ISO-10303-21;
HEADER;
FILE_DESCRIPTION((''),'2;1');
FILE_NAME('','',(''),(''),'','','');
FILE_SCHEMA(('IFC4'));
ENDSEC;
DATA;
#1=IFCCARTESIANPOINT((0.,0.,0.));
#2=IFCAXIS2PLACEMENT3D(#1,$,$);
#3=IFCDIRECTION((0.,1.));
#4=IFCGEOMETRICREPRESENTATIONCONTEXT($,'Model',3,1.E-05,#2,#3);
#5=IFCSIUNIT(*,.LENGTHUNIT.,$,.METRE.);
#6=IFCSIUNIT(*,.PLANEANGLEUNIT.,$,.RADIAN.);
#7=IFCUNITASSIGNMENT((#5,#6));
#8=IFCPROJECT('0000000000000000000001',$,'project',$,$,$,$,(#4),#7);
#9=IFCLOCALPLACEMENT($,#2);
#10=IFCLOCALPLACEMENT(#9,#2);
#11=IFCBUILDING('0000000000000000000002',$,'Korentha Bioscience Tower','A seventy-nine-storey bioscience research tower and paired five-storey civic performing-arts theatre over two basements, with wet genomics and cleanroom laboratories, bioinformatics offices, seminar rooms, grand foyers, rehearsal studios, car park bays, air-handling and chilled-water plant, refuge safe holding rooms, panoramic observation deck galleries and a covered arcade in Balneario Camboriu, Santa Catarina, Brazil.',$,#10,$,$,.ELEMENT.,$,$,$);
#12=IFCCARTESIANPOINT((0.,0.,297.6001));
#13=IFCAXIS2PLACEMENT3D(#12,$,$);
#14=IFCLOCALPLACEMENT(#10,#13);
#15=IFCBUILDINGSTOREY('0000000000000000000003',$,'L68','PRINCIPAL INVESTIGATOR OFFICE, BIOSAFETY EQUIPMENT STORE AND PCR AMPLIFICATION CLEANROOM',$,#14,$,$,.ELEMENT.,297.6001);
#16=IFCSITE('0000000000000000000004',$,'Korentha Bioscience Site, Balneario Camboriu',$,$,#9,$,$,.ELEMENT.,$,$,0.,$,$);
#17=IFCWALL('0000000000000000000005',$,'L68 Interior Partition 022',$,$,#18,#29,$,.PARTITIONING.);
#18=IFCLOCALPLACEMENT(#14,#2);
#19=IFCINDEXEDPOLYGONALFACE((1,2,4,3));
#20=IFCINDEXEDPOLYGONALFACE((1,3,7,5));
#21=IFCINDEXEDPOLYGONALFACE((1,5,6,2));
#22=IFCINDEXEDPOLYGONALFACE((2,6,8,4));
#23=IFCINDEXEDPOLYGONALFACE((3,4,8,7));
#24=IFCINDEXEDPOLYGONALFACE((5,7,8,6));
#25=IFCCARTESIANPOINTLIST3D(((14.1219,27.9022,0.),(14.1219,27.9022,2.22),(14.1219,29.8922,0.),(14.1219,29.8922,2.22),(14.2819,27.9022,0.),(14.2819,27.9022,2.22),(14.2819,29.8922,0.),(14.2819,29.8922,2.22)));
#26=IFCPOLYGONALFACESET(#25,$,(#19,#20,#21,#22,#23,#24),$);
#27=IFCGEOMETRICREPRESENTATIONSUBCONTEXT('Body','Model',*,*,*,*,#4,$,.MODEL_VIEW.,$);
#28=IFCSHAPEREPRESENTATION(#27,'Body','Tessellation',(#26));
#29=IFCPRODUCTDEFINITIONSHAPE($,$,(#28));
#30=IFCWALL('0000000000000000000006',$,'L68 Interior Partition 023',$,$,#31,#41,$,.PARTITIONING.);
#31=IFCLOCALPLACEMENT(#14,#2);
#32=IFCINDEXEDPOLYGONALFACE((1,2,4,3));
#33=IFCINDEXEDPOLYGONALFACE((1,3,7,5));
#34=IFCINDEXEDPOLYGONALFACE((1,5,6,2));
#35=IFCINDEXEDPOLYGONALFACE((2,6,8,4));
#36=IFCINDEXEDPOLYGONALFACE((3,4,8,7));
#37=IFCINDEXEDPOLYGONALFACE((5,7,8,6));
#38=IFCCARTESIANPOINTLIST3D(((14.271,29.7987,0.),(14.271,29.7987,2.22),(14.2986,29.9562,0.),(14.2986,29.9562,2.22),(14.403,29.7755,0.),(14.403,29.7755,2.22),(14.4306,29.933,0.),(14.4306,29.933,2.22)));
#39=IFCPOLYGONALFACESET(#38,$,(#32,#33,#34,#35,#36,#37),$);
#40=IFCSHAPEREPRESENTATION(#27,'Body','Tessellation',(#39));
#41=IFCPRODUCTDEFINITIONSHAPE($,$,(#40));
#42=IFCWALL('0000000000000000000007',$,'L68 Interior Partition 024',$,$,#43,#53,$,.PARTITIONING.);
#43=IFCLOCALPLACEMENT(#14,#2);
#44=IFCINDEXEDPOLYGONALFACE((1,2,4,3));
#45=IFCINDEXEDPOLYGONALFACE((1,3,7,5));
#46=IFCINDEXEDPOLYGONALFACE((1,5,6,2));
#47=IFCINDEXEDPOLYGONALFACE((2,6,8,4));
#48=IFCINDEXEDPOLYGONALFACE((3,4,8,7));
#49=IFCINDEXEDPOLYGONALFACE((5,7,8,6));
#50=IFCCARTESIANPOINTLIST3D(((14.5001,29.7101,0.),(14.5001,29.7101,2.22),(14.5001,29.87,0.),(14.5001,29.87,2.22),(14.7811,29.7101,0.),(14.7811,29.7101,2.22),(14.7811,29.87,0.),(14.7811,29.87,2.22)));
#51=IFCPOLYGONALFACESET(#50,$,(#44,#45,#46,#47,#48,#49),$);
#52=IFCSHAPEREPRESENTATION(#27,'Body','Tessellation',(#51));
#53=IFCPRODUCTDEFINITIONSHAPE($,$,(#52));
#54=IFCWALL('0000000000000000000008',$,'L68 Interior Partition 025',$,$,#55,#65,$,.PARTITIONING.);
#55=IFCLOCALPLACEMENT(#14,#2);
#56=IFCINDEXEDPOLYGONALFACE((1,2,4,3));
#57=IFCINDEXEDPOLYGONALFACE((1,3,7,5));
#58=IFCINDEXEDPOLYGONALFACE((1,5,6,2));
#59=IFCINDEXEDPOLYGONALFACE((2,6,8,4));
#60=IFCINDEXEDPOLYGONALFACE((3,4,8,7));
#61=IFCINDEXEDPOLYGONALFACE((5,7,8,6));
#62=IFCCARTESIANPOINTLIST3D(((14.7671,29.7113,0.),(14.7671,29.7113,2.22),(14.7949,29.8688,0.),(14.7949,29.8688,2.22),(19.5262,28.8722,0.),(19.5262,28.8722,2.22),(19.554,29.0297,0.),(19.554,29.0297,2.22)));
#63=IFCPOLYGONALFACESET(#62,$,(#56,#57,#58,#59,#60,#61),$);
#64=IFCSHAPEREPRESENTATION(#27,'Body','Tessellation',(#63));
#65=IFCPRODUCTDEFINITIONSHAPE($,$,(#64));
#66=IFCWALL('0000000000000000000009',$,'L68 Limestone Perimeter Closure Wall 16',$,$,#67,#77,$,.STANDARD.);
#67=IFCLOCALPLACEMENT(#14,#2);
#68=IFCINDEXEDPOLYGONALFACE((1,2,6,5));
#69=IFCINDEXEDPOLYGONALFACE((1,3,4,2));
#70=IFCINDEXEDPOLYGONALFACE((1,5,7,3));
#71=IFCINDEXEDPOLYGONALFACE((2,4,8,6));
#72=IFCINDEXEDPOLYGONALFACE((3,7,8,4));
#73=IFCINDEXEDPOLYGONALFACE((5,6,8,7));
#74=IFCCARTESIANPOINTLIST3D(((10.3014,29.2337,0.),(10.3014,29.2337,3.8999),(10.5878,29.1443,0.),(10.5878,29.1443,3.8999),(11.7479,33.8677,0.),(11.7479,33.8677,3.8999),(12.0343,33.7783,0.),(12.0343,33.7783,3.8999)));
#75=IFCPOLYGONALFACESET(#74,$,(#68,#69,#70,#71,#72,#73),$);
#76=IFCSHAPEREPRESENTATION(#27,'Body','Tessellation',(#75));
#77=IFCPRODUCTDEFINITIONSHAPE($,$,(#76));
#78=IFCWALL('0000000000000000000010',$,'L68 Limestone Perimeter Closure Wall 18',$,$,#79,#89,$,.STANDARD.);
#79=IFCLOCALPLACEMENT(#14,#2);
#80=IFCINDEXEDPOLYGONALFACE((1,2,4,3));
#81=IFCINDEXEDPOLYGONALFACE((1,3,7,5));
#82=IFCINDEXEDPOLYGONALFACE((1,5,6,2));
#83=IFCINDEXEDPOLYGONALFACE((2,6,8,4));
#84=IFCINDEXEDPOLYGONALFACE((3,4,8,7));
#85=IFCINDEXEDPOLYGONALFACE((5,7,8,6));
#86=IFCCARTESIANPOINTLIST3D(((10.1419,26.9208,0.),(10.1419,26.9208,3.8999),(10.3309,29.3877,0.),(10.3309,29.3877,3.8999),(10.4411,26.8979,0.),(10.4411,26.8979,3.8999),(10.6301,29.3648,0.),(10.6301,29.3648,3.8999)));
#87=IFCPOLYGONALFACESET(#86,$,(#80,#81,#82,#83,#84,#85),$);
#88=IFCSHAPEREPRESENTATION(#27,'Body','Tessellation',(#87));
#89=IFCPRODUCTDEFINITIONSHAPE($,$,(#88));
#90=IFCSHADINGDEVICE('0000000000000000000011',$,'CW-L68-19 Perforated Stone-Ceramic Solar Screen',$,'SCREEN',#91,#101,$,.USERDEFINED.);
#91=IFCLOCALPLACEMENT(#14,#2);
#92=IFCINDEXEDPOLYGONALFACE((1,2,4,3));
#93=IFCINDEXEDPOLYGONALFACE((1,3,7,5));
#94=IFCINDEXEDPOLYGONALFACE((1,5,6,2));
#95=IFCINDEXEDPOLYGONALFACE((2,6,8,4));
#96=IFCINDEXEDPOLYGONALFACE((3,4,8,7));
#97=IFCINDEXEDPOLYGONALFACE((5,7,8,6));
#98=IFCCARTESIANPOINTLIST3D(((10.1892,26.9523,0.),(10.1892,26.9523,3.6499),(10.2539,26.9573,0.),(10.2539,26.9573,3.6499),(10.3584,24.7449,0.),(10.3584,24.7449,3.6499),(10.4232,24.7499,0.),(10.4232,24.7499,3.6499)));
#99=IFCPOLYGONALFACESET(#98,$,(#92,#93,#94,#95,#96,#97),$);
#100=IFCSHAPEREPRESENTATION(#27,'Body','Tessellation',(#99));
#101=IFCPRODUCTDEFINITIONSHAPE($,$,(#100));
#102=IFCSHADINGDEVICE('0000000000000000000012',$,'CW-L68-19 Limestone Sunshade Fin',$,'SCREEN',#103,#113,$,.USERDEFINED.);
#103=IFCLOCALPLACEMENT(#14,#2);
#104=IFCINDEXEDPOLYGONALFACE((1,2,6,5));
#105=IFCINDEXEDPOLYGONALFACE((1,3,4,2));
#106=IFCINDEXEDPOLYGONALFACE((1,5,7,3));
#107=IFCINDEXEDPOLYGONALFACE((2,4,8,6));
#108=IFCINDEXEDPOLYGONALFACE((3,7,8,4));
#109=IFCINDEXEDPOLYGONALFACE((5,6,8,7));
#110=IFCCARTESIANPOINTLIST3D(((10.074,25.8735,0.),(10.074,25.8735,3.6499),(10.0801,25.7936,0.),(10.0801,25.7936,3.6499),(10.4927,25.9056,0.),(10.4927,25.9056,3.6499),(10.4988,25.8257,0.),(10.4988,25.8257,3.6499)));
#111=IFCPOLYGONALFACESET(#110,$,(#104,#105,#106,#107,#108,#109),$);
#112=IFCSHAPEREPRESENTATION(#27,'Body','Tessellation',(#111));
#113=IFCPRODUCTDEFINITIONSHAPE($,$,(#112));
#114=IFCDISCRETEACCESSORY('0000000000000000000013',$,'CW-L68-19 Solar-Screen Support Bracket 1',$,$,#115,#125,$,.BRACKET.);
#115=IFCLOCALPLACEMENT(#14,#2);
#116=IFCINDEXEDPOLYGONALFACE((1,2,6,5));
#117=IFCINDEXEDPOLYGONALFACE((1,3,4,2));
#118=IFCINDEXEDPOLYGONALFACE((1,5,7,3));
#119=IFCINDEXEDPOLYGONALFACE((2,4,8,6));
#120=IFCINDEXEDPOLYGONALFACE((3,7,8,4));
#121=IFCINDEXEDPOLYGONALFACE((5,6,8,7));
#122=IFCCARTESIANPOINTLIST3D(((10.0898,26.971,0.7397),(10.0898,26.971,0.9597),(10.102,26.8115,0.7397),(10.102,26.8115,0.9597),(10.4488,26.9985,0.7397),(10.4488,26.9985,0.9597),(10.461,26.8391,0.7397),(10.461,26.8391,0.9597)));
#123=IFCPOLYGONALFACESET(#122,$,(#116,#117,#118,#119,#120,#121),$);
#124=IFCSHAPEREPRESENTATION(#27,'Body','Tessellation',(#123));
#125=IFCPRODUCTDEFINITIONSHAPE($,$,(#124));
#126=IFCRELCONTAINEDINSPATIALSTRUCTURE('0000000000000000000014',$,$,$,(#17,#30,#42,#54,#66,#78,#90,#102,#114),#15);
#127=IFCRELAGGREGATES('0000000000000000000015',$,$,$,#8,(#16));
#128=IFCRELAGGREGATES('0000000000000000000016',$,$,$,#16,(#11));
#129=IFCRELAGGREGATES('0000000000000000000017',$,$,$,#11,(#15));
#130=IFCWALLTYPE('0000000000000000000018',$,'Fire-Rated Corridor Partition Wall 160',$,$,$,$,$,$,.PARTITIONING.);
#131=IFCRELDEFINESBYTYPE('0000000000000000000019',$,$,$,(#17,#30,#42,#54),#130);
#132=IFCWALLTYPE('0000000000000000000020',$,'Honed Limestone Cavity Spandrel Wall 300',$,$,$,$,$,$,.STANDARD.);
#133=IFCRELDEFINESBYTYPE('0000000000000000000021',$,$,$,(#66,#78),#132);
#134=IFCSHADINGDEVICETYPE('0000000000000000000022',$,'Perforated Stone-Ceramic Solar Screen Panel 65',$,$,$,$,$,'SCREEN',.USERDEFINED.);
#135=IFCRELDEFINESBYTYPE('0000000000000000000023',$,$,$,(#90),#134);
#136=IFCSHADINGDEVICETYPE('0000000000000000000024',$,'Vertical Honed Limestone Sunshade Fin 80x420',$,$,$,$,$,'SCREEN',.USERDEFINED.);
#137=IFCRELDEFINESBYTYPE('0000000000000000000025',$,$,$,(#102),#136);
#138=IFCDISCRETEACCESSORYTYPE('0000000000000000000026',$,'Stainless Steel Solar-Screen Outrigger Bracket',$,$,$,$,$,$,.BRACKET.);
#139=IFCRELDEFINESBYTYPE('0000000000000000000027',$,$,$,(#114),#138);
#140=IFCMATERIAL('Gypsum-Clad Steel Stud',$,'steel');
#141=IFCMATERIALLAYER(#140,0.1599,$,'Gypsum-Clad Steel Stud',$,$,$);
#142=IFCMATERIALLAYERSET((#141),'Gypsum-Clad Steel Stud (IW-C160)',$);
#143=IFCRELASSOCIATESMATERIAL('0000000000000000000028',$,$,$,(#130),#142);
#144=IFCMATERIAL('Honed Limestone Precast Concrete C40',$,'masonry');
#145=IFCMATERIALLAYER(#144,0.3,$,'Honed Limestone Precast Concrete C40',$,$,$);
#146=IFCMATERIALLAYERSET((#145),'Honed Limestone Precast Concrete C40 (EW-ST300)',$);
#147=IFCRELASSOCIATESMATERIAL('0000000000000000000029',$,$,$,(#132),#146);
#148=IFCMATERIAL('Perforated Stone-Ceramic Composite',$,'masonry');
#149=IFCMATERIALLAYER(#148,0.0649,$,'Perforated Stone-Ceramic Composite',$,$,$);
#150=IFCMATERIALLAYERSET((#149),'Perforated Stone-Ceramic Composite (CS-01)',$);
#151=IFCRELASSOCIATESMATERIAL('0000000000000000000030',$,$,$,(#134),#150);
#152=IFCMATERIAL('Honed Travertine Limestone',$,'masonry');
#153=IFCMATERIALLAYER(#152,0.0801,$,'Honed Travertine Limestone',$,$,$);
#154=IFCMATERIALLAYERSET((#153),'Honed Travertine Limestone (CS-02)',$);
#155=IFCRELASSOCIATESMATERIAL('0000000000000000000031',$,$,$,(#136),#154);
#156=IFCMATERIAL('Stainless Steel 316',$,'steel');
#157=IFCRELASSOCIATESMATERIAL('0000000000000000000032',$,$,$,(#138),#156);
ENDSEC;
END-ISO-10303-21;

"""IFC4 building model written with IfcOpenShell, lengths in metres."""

from ifc_helpers import new_model, si_unit, direction, frame, frame_2d, origin, origin_2d, place, context, subcontext, project, spatial, rectangle, extrude, material, layer, layer_set, type_object, element, save


model = new_model("IFC4")

# Units and contexts
model_context = context("Model", 3, precision=1e-05, world=origin(), true_north=direction((0.0, 1.0)))
body_context = subcontext(model_context, "Body", "Model", "MODEL_VIEW")
ifc_project = project(units=[si_unit("LENGTHUNIT", "METRE"), si_unit("PLANEANGLEUNIT", "RADIAN")], contexts=[model_context])

# Site, building, storey
site_placement = place(None, origin())
site = spatial("IfcSite", under=ifc_project, at=site_placement, Name="Korentha Bioscience Site, Balneario Camboriu", CompositionType="ELEMENT", RefElevation=0.0)
building_placement = place(site_placement, origin())
building = spatial("IfcBuilding", under=site, at=building_placement, Name="Korentha Bioscience Tower", Description="A seventy-nine-storey bioscience research tower and paired five-storey civic performing-arts theatre over two basements, with wet genomics and cleanroom laboratories, bioinformatics offices, seminar rooms, grand foyers, rehearsal studios, car park bays, air-handling and chilled-water plant, refuge safe holding rooms, panoramic observation deck galleries and a covered arcade in Balneario Camboriu, Santa Catarina, Brazil.", CompositionType="ELEMENT")
storey_placement = place(building_placement, frame((0.0, 0.0, 297.6001)))
storey = spatial("IfcBuildingStorey", under=building, at=storey_placement, Name="L68", Description="PRINCIPAL INVESTIGATOR OFFICE, BIOSAFETY EQUIPMENT STORE AND PCR AMPLIFICATION CLEANROOM", CompositionType="ELEMENT", Elevation=297.6001)

# Walls
ifc_material_1 = material(Name="Gypsum-Clad Steel Stud", Category="steel")
ifc_layer_1 = layer(ifc_material_1, 0.1599, Name="Gypsum-Clad Steel Stud")
ifc_layer_set_1 = layer_set([ifc_layer_1], Name="Gypsum-Clad Steel Stud (IW-C160)")
wall_type_1 = type_object("IfcWallType", Name="Fire-Rated Corridor Partition Wall 160", PredefinedType="PARTITIONING", material=ifc_layer_set_1)
wall_1_placement = place(storey_placement, frame((14.2019, 27.9021, 0.0), z_axis=(0.0, 0.0, 1.0), x_axis=(0.0, 1.0, 0.0)))
element("IfcWall", 1, at=wall_1_placement, inside=storey, type_object=wall_type_1, Name="L68 Interior Partition 022", PredefinedType="PARTITIONING", context=body_context, shape_type="SweptSolid", body=[
    extrude(rectangle(XDim=1.99, YDim=0.1599, at=frame_2d((0.9951, 0.0))), origin(), (0.0, 0.0, 1.0), 2.22),
])
wall_2_placement = place(storey_placement, frame((14.2849, 29.8774, 0.0), z_axis=(0.0, 0.0, 1.0), x_axis=(0.98493, -0.172954, 0.0)))
element("IfcWall", 2, at=wall_2_placement, inside=storey, type_object=wall_type_1, Name="L68 Interior Partition 023", PredefinedType="PARTITIONING", context=body_context, shape_type="SweptSolid", body=[
    extrude(rectangle(XDim=0.134, YDim=0.1599, at=frame_2d((0.0669, 0.0))), origin(), (0.0, 0.0, 1.0), 2.22),
])
wall_3_placement = place(storey_placement, frame((14.5, 29.79, 0.0), z_axis=(0.0, 0.0, 1.0), x_axis=(1.0, 0.0, 0.0)))
element("IfcWall", 3, at=wall_3_placement, inside=storey, type_object=wall_type_1, Name="L68 Interior Partition 024", PredefinedType="PARTITIONING", context=body_context, shape_type="SweptSolid", body=[
    extrude(rectangle(XDim=0.281, YDim=0.1599, at=frame_2d((0.1406, 0.0))), origin(), (0.0, 0.0, 1.0), 2.22),
])
wall_4_placement = place(storey_placement, frame((14.781, 29.79, 0.0), z_axis=(0.0, 0.0, 1.0), x_axis=(0.984809, -0.173641, 0.0)))
element("IfcWall", 4, at=wall_4_placement, inside=storey, type_object=wall_type_1, Name="L68 Interior Partition 025", PredefinedType="PARTITIONING", context=body_context, shape_type="SweptSolid", body=[
    extrude(rectangle(XDim=4.8325, YDim=0.1599, at=frame_2d((2.4163, 0.0))), origin(), (0.0, 0.0, 1.0), 2.22),
])
ifc_material_2 = material(Name="Honed Limestone Precast Concrete C40", Category="masonry")
ifc_layer_2 = layer(ifc_material_2, 0.3, Name="Honed Limestone Precast Concrete C40")
ifc_layer_set_2 = layer_set([ifc_layer_2], Name="Honed Limestone Precast Concrete C40 (EW-ST300)")
wall_type_2 = type_object("IfcWallType", Name="Honed Limestone Cavity Spandrel Wall 300", PredefinedType="STANDARD", material=ifc_layer_set_2)
wall_5_placement = place(storey_placement, frame((11.8911, 33.823, 0.0), z_axis=(0.0, 0.0, 1.0), x_axis=(-0.297974, -0.954574, 0.0)))
element("IfcWall", 5, at=wall_5_placement, inside=storey, type_object=wall_type_2, Name="L68 Limestone Perimeter Closure Wall 16", PredefinedType="STANDARD", context=body_context, shape_type="SweptSolid", body=[
    extrude(rectangle(XDim=4.8545, YDim=0.3, at=frame_2d((2.4272, 0.0))), origin(), (0.0, 0.0, 1.0), 3.8999),
])
wall_6_placement = place(storey_placement, frame((10.4805, 29.3762, 0.0), z_axis=(0.0, 0.0, 1.0), x_axis=(-0.07638, -0.997079, 0.0)))
element("IfcWall", 6, at=wall_6_placement, inside=storey, type_object=wall_type_2, Name="L68 Limestone Perimeter Closure Wall 18", PredefinedType="STANDARD", context=body_context, shape_type="SweptSolid", body=[
    extrude(rectangle(XDim=2.4741, YDim=0.3, at=frame_2d((1.2371, 0.0))), origin(), (0.0, 0.0, 1.0), 3.8999),
])

# Shading devices
ifc_material_3 = material(Name="Perforated Stone-Ceramic Composite", Category="masonry")
ifc_layer_3 = layer(ifc_material_3, 0.0649, Name="Perforated Stone-Ceramic Composite")
ifc_layer_set_3 = layer_set([ifc_layer_3], Name="Perforated Stone-Ceramic Composite (CS-01)")
shading_device_type_1 = type_object("IfcShadingDeviceType", Name="Perforated Stone-Ceramic Solar Screen Panel 65", ElementType="SCREEN", PredefinedType="USERDEFINED", material=ifc_layer_set_3)
shading_device_1_placement = place(storey_placement, frame((10.3062, 25.8511, 0.0), z_axis=(0.0, 0.0, 1.0), x_axis=(0.076447, -0.997074, 0.0)))
element("IfcShadingDevice", 7, at=shading_device_1_placement, inside=storey, type_object=shading_device_type_1, Name="CW-L68-19 Perforated Stone-Ceramic Solar Screen", ObjectType="SCREEN", PredefinedType="USERDEFINED", context=body_context, shape_type="SweptSolid", body=[
    extrude(rectangle(XDim=2.2139, YDim=0.0649, at=origin_2d()), origin(), (0.0, 0.0, 1.0), 3.6499),
])
ifc_material_4 = material(Name="Honed Travertine Limestone", Category="masonry")
ifc_layer_4 = layer(ifc_material_4, 0.0801, Name="Honed Travertine Limestone")
ifc_layer_set_4 = layer_set([ifc_layer_4], Name="Honed Travertine Limestone (CS-02)")
shading_device_type_2 = type_object("IfcShadingDeviceType", Name="Vertical Honed Limestone Sunshade Fin 80x420", ElementType="SCREEN", PredefinedType="USERDEFINED", material=ifc_layer_set_4)
shading_device_2_placement = place(storey_placement, frame((10.2864, 25.8496, 0.0), z_axis=(0.0, 0.0, 1.0), x_axis=(0.076447, -0.997074, 0.0)))
element("IfcShadingDevice", 8, at=shading_device_2_placement, inside=storey, type_object=shading_device_type_2, Name="CW-L68-19 Limestone Sunshade Fin", ObjectType="SCREEN", PredefinedType="USERDEFINED", context=body_context, shape_type="SweptSolid", body=[
    extrude(rectangle(XDim=0.0801, YDim=0.4199, at=origin_2d()), origin(), (0.0, 0.0, 1.0), 3.6499),
])

# Discrete accessory
ifc_material_5 = material(Name="Stainless Steel 316", Category="steel")
discrete_accessory_type = type_object("IfcDiscreteAccessoryType", Name="Stainless Steel Solar-Screen Outrigger Bracket", PredefinedType="BRACKET", material=ifc_material_5)
discrete_accessory_placement = place(storey_placement, frame((10.2754, 26.905, 0.7397), z_axis=(0.0, 0.0, 1.0), x_axis=(0.076447, -0.997074, 0.0)))
element("IfcDiscreteAccessory", 9, at=discrete_accessory_placement, inside=storey, type_object=discrete_accessory_type, Name="CW-L68-19 Solar-Screen Support Bracket 1", PredefinedType="BRACKET", context=body_context, shape_type="SweptSolid", body=[
    extrude(rectangle(XDim=0.1599, YDim=0.3601, at=origin_2d()), origin(), (0.0, 0.0, 1.0), 0.22),
])

save(model, "model.ifc")
